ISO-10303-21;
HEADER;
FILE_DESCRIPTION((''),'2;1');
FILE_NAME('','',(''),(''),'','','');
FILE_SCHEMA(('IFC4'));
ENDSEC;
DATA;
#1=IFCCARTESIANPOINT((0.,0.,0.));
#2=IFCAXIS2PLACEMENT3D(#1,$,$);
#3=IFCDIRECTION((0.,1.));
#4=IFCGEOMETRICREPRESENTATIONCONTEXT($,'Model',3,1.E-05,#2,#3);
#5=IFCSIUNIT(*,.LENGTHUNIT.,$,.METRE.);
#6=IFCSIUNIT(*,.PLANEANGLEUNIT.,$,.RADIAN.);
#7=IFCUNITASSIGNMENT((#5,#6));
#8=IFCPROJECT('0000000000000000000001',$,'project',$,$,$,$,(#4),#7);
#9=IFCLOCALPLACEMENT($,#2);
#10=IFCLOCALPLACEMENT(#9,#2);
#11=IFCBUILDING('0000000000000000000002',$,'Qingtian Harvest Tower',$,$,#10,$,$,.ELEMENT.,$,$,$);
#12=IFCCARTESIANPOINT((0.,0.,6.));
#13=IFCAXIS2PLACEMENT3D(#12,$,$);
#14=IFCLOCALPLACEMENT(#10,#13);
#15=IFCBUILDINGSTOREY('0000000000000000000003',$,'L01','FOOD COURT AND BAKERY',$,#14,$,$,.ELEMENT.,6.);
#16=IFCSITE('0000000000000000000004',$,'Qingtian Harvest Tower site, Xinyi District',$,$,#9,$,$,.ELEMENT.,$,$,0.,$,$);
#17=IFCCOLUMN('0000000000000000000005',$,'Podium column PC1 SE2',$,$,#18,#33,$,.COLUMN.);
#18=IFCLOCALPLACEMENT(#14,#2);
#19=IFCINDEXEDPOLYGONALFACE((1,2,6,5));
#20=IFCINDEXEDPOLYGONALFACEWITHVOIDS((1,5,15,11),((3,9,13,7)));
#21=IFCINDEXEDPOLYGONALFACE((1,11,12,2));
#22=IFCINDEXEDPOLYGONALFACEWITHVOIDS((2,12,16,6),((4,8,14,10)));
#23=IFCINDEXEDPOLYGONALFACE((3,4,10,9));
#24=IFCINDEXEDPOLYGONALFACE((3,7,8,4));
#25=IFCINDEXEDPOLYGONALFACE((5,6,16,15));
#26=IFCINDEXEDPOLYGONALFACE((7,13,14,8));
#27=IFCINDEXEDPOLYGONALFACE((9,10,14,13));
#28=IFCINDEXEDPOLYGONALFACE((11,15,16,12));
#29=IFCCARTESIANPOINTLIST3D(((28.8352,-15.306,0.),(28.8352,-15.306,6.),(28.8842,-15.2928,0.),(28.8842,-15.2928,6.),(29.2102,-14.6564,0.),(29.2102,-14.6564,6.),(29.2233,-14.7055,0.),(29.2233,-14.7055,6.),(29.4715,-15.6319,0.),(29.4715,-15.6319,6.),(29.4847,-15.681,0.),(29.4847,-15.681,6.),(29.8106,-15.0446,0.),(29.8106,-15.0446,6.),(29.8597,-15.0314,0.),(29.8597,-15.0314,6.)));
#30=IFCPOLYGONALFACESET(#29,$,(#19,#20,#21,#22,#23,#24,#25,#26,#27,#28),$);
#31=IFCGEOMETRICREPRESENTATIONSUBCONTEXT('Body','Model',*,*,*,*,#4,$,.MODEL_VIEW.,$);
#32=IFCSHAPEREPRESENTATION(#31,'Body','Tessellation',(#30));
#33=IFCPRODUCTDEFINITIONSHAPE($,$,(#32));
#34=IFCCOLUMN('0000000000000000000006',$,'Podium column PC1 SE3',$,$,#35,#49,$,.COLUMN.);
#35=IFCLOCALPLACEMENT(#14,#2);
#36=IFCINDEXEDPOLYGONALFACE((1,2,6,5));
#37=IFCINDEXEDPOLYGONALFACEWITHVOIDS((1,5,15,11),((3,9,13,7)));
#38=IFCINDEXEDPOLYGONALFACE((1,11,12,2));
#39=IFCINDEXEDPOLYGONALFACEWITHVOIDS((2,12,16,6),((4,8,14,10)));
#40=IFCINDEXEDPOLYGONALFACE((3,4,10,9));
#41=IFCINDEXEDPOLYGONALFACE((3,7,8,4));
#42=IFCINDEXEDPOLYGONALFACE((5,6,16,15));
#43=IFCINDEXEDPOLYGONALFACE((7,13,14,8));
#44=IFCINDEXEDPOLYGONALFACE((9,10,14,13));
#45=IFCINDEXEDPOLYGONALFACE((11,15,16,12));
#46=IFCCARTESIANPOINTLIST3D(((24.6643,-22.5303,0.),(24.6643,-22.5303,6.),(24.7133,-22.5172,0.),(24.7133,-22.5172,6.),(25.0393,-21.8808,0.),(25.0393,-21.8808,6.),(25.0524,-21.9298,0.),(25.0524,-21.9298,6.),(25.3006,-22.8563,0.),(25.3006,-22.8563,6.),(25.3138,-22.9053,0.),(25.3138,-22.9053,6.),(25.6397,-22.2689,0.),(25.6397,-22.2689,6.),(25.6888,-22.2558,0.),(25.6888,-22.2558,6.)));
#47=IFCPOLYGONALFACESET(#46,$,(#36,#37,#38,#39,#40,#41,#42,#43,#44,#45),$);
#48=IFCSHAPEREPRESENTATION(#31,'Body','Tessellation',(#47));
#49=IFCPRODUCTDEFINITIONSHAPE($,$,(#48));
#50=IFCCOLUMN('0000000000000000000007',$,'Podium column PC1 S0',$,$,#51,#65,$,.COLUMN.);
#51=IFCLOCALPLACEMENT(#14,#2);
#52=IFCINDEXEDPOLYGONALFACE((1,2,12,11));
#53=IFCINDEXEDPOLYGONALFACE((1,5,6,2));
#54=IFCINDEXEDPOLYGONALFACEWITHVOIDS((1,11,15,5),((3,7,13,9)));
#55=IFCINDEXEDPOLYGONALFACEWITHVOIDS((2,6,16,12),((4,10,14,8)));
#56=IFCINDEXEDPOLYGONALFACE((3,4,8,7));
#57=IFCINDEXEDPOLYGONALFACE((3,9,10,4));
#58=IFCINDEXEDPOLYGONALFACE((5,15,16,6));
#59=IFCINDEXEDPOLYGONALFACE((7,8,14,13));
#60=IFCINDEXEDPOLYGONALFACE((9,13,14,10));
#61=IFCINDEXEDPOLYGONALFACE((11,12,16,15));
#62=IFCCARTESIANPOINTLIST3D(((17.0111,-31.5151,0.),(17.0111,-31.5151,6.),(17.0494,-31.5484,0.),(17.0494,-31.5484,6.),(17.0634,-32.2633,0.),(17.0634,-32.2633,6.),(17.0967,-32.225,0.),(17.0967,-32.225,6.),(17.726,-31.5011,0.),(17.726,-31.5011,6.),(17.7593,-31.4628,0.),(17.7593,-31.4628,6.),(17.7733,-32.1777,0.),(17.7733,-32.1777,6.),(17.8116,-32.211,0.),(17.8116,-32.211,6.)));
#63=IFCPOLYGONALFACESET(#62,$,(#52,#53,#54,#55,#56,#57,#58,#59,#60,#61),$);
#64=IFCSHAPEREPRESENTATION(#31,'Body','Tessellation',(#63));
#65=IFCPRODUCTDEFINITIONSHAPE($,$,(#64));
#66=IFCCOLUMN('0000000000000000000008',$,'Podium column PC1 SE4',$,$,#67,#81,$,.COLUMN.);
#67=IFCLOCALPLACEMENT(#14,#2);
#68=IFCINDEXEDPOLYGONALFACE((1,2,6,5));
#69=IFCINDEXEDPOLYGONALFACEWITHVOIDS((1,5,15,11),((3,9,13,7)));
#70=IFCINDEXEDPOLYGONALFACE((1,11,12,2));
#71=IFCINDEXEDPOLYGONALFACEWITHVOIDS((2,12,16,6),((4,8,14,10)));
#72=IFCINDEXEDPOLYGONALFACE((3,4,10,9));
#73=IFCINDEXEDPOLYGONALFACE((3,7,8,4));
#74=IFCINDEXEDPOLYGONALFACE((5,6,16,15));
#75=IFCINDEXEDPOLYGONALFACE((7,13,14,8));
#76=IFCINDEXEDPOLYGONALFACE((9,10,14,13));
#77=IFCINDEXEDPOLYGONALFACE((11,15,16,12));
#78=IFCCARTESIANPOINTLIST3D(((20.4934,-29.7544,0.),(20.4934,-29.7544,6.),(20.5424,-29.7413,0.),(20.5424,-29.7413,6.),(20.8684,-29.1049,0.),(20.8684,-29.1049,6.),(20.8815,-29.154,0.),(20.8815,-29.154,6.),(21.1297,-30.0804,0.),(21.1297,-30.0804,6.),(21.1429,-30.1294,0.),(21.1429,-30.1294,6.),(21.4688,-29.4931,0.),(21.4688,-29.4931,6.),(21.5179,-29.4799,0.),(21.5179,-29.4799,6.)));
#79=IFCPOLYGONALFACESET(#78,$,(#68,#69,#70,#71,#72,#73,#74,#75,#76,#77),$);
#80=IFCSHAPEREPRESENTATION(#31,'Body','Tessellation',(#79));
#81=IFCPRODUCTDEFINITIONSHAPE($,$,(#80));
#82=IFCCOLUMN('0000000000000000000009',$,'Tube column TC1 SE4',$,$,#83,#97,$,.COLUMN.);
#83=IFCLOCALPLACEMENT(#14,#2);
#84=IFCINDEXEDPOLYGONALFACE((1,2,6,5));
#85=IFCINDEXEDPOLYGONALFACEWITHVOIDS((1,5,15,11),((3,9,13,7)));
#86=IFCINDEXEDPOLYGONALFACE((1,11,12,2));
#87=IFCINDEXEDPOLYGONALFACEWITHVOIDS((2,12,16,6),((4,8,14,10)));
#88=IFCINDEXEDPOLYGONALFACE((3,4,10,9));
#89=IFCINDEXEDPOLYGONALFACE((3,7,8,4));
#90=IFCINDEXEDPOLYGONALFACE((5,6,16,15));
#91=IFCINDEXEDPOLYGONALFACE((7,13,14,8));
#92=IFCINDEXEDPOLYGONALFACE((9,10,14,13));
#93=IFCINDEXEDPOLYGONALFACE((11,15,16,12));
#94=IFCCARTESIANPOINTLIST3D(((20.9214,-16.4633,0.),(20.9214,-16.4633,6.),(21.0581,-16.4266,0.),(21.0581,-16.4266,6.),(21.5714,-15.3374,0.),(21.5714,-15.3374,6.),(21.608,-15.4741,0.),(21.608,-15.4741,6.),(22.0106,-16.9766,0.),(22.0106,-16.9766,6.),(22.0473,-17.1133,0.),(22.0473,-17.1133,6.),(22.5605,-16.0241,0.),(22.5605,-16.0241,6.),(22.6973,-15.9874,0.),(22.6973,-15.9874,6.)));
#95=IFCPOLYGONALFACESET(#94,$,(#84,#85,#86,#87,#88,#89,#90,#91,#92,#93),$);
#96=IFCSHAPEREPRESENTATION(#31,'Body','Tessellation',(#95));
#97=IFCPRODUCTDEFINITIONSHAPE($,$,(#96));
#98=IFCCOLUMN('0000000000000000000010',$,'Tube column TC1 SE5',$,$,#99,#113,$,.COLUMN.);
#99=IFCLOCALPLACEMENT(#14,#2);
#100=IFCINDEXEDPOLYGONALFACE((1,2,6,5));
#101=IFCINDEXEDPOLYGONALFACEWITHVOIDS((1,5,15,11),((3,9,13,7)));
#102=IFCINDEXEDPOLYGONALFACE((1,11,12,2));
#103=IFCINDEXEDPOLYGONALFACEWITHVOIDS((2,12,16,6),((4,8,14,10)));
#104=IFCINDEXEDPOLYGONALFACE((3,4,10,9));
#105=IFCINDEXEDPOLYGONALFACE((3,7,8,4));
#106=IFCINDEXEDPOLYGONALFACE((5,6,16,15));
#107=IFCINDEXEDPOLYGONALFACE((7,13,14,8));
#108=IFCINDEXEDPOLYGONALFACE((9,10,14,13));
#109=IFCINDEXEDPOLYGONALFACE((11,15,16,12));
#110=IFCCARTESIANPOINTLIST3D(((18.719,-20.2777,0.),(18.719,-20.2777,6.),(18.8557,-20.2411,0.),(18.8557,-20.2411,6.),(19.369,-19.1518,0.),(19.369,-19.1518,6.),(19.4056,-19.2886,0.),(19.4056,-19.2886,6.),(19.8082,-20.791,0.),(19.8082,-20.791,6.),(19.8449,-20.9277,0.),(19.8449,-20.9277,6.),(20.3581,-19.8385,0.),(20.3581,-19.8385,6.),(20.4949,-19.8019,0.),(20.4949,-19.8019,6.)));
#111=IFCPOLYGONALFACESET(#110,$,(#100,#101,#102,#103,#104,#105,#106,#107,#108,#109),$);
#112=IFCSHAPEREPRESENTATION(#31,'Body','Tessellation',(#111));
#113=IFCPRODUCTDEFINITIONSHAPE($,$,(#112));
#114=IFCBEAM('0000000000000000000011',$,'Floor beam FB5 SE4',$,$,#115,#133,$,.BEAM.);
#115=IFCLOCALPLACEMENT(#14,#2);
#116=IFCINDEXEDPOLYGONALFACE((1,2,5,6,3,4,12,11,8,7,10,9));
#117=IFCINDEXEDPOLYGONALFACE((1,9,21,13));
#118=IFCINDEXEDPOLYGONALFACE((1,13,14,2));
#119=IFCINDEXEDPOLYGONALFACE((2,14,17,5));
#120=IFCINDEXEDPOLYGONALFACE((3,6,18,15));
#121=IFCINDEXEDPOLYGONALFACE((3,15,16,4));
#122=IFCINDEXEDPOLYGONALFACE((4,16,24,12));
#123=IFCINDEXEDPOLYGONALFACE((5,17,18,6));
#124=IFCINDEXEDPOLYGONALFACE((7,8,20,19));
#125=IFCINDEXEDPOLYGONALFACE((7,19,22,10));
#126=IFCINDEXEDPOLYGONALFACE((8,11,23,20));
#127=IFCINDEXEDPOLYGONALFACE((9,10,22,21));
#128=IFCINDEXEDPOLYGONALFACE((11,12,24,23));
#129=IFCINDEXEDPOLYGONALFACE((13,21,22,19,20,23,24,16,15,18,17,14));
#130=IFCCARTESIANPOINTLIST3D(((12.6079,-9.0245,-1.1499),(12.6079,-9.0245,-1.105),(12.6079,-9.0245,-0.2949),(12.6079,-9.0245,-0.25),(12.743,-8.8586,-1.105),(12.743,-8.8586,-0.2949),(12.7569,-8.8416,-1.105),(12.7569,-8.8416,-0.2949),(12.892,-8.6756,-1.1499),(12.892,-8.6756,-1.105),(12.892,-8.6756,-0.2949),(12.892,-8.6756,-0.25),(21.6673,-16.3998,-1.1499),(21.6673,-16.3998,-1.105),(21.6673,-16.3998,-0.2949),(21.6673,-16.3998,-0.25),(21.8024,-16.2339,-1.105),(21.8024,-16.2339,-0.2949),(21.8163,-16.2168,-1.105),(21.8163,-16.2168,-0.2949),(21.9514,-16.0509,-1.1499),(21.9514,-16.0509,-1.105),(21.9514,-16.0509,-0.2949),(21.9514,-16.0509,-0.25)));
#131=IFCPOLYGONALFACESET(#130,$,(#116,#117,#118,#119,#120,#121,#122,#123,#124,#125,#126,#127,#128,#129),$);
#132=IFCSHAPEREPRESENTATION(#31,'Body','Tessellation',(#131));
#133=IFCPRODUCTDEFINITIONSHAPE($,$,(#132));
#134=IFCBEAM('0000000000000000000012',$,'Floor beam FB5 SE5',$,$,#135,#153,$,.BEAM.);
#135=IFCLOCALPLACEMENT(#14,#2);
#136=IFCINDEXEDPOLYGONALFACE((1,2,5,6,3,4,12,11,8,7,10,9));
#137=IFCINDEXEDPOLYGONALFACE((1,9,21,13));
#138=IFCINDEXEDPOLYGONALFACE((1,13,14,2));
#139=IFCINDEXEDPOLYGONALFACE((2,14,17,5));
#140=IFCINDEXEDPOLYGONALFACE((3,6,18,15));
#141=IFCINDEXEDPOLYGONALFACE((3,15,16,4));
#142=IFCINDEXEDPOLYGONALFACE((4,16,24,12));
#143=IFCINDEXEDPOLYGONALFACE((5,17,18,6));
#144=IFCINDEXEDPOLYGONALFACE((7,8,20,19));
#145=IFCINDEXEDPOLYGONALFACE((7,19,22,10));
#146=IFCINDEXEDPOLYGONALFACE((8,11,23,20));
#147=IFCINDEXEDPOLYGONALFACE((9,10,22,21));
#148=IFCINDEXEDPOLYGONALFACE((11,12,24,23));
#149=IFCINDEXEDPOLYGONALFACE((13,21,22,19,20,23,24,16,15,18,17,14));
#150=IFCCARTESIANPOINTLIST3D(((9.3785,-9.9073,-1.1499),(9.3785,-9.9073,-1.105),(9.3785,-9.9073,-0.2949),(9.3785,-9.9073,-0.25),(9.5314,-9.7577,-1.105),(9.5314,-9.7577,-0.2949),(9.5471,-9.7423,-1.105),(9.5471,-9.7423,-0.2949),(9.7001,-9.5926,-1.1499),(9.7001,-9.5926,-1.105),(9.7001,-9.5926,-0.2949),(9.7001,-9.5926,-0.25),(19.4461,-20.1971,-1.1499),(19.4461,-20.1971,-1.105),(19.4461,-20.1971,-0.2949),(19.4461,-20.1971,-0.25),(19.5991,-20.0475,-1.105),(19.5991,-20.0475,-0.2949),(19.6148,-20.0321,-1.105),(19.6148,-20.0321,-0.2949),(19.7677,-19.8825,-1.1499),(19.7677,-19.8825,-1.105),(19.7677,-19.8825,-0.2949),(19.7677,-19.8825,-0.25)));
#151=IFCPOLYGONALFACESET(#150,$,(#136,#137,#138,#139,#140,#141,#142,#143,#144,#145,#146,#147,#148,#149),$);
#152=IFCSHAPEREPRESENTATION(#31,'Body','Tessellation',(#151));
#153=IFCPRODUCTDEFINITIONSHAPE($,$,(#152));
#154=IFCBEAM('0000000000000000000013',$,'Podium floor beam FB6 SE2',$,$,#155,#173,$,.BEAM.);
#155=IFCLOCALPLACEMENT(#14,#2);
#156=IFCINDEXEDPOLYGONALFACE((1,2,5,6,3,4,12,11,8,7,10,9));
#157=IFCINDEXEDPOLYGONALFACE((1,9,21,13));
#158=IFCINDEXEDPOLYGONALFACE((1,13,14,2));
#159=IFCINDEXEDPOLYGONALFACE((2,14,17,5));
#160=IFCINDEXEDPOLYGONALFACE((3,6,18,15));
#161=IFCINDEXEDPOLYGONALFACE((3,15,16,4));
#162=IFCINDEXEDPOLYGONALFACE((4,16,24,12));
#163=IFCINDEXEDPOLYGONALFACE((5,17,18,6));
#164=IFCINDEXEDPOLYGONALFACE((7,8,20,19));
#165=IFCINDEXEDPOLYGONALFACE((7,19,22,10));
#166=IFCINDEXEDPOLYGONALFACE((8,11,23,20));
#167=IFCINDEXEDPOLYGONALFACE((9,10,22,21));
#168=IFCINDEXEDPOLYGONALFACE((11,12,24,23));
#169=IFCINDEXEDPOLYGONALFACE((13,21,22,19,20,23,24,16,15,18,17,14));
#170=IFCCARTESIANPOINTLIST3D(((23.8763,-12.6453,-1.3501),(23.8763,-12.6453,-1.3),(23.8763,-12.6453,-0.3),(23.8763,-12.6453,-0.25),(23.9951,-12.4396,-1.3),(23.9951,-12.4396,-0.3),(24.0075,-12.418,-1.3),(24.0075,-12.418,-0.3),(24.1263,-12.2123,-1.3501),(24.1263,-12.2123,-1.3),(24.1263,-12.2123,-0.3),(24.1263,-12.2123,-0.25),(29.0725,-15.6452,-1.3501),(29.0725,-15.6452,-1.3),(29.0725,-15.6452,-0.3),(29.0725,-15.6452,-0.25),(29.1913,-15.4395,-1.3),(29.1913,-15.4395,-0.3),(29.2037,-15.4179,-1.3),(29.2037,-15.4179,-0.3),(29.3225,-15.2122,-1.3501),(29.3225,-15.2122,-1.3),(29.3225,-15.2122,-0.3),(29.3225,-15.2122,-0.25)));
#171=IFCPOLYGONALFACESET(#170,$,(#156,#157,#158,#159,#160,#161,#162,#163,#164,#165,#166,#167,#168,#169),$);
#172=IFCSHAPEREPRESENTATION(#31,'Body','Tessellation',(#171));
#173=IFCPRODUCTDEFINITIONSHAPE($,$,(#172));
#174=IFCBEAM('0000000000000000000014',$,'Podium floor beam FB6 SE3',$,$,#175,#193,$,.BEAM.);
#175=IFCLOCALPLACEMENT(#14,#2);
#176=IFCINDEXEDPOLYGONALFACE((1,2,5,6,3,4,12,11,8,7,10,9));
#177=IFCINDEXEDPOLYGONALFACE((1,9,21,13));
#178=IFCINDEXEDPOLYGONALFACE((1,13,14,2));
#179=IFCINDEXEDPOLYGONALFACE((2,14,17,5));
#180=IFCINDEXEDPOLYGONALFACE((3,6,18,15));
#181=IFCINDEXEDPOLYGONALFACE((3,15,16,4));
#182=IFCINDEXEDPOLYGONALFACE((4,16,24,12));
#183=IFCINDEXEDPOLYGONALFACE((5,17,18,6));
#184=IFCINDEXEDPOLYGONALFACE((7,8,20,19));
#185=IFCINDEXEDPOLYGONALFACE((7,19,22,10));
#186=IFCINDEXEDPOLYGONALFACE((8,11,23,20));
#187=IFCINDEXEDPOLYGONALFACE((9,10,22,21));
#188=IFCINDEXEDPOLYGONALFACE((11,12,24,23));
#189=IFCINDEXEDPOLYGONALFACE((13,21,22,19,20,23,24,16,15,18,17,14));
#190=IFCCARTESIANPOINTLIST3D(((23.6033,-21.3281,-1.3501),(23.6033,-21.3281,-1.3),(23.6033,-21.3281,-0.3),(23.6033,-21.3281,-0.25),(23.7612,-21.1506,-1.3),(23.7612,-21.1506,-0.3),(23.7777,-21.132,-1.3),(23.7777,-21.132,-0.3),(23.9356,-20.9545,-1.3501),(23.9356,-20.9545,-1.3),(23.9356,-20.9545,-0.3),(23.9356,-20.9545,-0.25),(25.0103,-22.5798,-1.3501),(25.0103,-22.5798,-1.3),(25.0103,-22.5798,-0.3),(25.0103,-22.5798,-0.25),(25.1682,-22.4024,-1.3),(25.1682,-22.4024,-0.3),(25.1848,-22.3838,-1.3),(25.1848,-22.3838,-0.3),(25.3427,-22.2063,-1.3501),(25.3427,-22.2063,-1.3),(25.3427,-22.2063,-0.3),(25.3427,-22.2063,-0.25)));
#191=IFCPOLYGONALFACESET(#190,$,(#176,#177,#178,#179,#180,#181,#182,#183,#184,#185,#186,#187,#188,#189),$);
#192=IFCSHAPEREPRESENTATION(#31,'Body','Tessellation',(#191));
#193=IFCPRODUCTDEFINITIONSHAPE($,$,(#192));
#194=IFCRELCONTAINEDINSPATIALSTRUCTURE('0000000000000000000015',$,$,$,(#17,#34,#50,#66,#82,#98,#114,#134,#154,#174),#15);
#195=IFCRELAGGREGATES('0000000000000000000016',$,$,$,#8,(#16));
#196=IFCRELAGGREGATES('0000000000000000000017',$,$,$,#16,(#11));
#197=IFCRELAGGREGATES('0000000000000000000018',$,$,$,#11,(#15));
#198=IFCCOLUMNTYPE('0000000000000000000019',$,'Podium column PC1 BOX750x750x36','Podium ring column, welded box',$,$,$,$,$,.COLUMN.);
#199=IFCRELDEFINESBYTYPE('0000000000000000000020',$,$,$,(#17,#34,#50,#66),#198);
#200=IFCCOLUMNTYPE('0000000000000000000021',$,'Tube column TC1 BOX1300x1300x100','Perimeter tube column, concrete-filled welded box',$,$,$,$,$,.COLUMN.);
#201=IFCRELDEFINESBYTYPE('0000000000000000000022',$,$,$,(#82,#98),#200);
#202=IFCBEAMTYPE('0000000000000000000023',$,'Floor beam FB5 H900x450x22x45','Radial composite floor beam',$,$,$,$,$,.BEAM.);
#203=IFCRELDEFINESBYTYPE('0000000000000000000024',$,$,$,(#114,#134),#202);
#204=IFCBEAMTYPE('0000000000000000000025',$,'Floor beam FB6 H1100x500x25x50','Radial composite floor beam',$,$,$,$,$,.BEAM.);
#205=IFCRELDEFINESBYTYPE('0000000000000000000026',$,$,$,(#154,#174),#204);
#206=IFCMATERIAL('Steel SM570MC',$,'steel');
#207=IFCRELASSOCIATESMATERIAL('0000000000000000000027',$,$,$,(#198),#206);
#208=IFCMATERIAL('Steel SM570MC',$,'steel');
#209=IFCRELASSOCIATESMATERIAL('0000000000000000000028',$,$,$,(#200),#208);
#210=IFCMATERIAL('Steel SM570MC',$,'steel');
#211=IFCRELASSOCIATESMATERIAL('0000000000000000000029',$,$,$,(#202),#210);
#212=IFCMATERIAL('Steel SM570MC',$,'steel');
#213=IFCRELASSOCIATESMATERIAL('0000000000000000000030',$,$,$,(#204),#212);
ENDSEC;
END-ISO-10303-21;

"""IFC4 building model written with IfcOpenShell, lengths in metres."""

from ifc_helpers import new_model, si_unit, direction, frame, origin, origin_2d, place, context, subcontext, project, spatial, hollow_rectangle, i_section, extrude, material, material_profile, profile_set, type_object, element, save


model = new_model("IFC4")

# Units and contexts
model_context = context("Model", 3, precision=1e-05, world=origin(), true_north=direction((0.0, 1.0)))
body_context = subcontext(model_context, "Body", "Model", "MODEL_VIEW")
ifc_project = project(units=[si_unit("LENGTHUNIT", "METRE"), si_unit("PLANEANGLEUNIT", "RADIAN")], contexts=[model_context])

# Site, building, storey
site_placement = place(None, origin())
site = spatial("IfcSite", under=ifc_project, at=site_placement, Name="Qingtian Harvest Tower site, Xinyi District", CompositionType="ELEMENT", RefElevation=0.0)
building_placement = place(site_placement, origin())
building = spatial("IfcBuilding", under=site, at=building_placement, Name="Qingtian Harvest Tower", CompositionType="ELEMENT")
storey_placement = place(building_placement, frame((0.0, 0.0, 6.0)))
storey = spatial("IfcBuildingStorey", under=building, at=storey_placement, Name="L01", Description="FOOD COURT AND BAKERY", CompositionType="ELEMENT", Elevation=6.0)

# Columns
ifc_material_1 = material(Name="Steel SM570MC", Category="steel")
ifc_material_profile_1 = material_profile(ifc_material_1, hollow_rectangle(XDim=0.75, YDim=0.75, WallThickness=0.0359, at=origin_2d()), Name="BOX750x750x36")
ifc_profile_set_1 = profile_set([ifc_material_profile_1], Name="Steel SM570MC")
column_type_1 = type_object("IfcColumnType", Name="Podium column PC1 BOX750x750x36", Description="Podium ring column, welded box", PredefinedType="COLUMN", material=ifc_profile_set_1)
for number, where, z_axis, x_axis, name in (
    (1, (29.3474, -15.1687, 0.0), (0.0, 0.0, 1.0), (0.5, 0.866025, 0.0), "Podium column PC1 SE2"),
    (2, (25.1765, -22.3931, 0.0), (0.0, 0.0, 1.0), (0.5, 0.866025, 0.0), "Podium column PC1 SE3"),
    (3, (17.4114, -31.863, 0.0), (0.0, 0.0, 1.0), (0.997564, 0.069756, 0.0), "Podium column PC1 S0"),
    (4, (21.0056, -29.6172, 0.0), (0.0, 0.0, 1.0), (0.5, 0.866025, 0.0), "Podium column PC1 SE4"),
):
    element("IfcColumn", number, at=place(storey_placement, frame(where, z_axis=z_axis, x_axis=x_axis)), inside=storey, type_object=column_type_1, Name=name, PredefinedType="COLUMN", context=body_context, shape_type="SweptSolid", body=[
        extrude(hollow_rectangle(XDim=0.75, YDim=0.75, WallThickness=0.0359, at=origin_2d()), origin(), (0.0, 0.0, 1.0), 6.0),
    ])
ifc_material_2 = material(Name="Steel SM570MC", Category="steel")
ifc_material_profile_2 = material_profile(ifc_material_2, hollow_rectangle(XDim=1.3, YDim=1.3, WallThickness=0.1001, at=origin_2d()), Name="BOX1300x1300x100")
ifc_profile_set_2 = profile_set([ifc_material_profile_2], Name="Steel SM570MC")
column_type_2 = type_object("IfcColumnType", Name="Tube column TC1 BOX1300x1300x100", Description="Perimeter tube column, concrete-filled welded box", PredefinedType="COLUMN", material=ifc_profile_set_2)
for number, where, z_axis, x_axis, name in (
    (5, (21.8093, -16.2253, 0.0), (0.0, 0.0, 1.0), (0.5, 0.866025, 0.0), "Tube column TC1 SE4"),
    (6, (19.6069, -20.0398, 0.0), (0.0, 0.0, 1.0), (0.5, 0.866025, 0.0), "Tube column TC1 SE5"),
):
    element("IfcColumn", number, at=place(storey_placement, frame(where, z_axis=z_axis, x_axis=x_axis)), inside=storey, type_object=column_type_2, Name=name, PredefinedType="COLUMN", context=body_context, shape_type="SweptSolid", body=[
        extrude(hollow_rectangle(XDim=1.3, YDim=1.3, WallThickness=0.1001, at=origin_2d()), origin(), (0.0, 0.0, 1.0), 6.0),
    ])

# Beams
ifc_material_3 = material(Name="Steel SM570MC", Category="steel")
ifc_material_profile_3 = material_profile(ifc_material_3, i_section(OverallWidth=0.45, OverallDepth=0.8999, WebThickness=0.022, FlangeThickness=0.0449, at=origin_2d()), Name="H900x450x22x45")
ifc_profile_set_3 = profile_set([ifc_material_profile_3], Name="Steel SM570MC")
beam_type_1 = type_object("IfcBeamType", Name="Floor beam FB5 H900x450x22x45", Description="Radial composite floor beam", PredefinedType="BEAM", material=ifc_profile_set_3)
beam_1_placement = place(storey_placement, frame((21.8093, -16.2253, -0.7), z_axis=(-0.775504, 0.631342, 0.0), x_axis=(-0.631342, -0.775504, 0.0)))
element("IfcBeam", 7, at=beam_1_placement, inside=storey, type_object=beam_type_1, Name="Floor beam FB5 SE4", PredefinedType="BEAM", context=body_context, shape_type="SweptSolid", body=[
    extrude(i_section(OverallWidth=0.45, OverallDepth=0.8999, WebThickness=0.022, FlangeThickness=0.0449, at=origin_2d()), origin(), (0.0, 0.0, 1.0), 11.6819),
])
beam_2_placement = place(storey_placement, frame((19.6069, -20.0398, -0.7), z_axis=(-0.699348, 0.714781, 0.0), x_axis=(-0.714781, -0.699348, 0.0)))
element("IfcBeam", 8, at=beam_2_placement, inside=storey, type_object=beam_type_1, Name="Floor beam FB5 SE5", PredefinedType="BEAM", context=body_context, shape_type="SweptSolid", body=[
    extrude(i_section(OverallWidth=0.45, OverallDepth=0.8999, WebThickness=0.022, FlangeThickness=0.0449, at=origin_2d()), origin(), (0.0, 0.0, 1.0), 14.3958),
])
ifc_material_4 = material(Name="Steel SM570MC", Category="steel")
ifc_material_profile_4 = material_profile(ifc_material_4, i_section(OverallWidth=0.5, OverallDepth=1.1001, WebThickness=0.0249, FlangeThickness=0.05, at=origin_2d()), Name="H1100x500x25x50")
ifc_profile_set_4 = profile_set([ifc_material_profile_4], Name="Steel SM570MC")
beam_type_2 = type_object("IfcBeamType", Name="Floor beam FB6 H1100x500x25x50", Description="Radial composite floor beam", PredefinedType="BEAM", material=ifc_profile_set_4)
beam_3_placement = place(storey_placement, frame((29.1975, -15.4287, -0.8), z_axis=(-0.866031, 0.49999, 0.0), x_axis=(-0.49999, -0.866031, 0.0)))
element("IfcBeam", 9, at=beam_3_placement, inside=storey, type_object=beam_type_2, Name="Podium floor beam FB6 SE2", PredefinedType="BEAM", context=body_context, shape_type="SweptSolid", body=[
    extrude(i_section(OverallWidth=0.5, OverallDepth=1.1001, WebThickness=0.0249, FlangeThickness=0.05, at=origin_2d()), origin(), (0.0, 0.0, 1.0), 6.0),
])
beam_4_placement = place(storey_placement, frame((25.1765, -22.3931, -0.8), z_axis=(-0.74713, 0.664678, 0.0), x_axis=(-0.664678, -0.74713, 0.0)))
element("IfcBeam", 10, at=beam_4_placement, inside=storey, type_object=beam_type_2, Name="Podium floor beam FB6 SE3", PredefinedType="BEAM", context=body_context, shape_type="SweptSolid", body=[
    extrude(i_section(OverallWidth=0.5, OverallDepth=1.1001, WebThickness=0.0249, FlangeThickness=0.05, at=origin_2d()), origin(), (0.0, 0.0, 1.0), 1.8833),
])

save(model, "model.ifc")
